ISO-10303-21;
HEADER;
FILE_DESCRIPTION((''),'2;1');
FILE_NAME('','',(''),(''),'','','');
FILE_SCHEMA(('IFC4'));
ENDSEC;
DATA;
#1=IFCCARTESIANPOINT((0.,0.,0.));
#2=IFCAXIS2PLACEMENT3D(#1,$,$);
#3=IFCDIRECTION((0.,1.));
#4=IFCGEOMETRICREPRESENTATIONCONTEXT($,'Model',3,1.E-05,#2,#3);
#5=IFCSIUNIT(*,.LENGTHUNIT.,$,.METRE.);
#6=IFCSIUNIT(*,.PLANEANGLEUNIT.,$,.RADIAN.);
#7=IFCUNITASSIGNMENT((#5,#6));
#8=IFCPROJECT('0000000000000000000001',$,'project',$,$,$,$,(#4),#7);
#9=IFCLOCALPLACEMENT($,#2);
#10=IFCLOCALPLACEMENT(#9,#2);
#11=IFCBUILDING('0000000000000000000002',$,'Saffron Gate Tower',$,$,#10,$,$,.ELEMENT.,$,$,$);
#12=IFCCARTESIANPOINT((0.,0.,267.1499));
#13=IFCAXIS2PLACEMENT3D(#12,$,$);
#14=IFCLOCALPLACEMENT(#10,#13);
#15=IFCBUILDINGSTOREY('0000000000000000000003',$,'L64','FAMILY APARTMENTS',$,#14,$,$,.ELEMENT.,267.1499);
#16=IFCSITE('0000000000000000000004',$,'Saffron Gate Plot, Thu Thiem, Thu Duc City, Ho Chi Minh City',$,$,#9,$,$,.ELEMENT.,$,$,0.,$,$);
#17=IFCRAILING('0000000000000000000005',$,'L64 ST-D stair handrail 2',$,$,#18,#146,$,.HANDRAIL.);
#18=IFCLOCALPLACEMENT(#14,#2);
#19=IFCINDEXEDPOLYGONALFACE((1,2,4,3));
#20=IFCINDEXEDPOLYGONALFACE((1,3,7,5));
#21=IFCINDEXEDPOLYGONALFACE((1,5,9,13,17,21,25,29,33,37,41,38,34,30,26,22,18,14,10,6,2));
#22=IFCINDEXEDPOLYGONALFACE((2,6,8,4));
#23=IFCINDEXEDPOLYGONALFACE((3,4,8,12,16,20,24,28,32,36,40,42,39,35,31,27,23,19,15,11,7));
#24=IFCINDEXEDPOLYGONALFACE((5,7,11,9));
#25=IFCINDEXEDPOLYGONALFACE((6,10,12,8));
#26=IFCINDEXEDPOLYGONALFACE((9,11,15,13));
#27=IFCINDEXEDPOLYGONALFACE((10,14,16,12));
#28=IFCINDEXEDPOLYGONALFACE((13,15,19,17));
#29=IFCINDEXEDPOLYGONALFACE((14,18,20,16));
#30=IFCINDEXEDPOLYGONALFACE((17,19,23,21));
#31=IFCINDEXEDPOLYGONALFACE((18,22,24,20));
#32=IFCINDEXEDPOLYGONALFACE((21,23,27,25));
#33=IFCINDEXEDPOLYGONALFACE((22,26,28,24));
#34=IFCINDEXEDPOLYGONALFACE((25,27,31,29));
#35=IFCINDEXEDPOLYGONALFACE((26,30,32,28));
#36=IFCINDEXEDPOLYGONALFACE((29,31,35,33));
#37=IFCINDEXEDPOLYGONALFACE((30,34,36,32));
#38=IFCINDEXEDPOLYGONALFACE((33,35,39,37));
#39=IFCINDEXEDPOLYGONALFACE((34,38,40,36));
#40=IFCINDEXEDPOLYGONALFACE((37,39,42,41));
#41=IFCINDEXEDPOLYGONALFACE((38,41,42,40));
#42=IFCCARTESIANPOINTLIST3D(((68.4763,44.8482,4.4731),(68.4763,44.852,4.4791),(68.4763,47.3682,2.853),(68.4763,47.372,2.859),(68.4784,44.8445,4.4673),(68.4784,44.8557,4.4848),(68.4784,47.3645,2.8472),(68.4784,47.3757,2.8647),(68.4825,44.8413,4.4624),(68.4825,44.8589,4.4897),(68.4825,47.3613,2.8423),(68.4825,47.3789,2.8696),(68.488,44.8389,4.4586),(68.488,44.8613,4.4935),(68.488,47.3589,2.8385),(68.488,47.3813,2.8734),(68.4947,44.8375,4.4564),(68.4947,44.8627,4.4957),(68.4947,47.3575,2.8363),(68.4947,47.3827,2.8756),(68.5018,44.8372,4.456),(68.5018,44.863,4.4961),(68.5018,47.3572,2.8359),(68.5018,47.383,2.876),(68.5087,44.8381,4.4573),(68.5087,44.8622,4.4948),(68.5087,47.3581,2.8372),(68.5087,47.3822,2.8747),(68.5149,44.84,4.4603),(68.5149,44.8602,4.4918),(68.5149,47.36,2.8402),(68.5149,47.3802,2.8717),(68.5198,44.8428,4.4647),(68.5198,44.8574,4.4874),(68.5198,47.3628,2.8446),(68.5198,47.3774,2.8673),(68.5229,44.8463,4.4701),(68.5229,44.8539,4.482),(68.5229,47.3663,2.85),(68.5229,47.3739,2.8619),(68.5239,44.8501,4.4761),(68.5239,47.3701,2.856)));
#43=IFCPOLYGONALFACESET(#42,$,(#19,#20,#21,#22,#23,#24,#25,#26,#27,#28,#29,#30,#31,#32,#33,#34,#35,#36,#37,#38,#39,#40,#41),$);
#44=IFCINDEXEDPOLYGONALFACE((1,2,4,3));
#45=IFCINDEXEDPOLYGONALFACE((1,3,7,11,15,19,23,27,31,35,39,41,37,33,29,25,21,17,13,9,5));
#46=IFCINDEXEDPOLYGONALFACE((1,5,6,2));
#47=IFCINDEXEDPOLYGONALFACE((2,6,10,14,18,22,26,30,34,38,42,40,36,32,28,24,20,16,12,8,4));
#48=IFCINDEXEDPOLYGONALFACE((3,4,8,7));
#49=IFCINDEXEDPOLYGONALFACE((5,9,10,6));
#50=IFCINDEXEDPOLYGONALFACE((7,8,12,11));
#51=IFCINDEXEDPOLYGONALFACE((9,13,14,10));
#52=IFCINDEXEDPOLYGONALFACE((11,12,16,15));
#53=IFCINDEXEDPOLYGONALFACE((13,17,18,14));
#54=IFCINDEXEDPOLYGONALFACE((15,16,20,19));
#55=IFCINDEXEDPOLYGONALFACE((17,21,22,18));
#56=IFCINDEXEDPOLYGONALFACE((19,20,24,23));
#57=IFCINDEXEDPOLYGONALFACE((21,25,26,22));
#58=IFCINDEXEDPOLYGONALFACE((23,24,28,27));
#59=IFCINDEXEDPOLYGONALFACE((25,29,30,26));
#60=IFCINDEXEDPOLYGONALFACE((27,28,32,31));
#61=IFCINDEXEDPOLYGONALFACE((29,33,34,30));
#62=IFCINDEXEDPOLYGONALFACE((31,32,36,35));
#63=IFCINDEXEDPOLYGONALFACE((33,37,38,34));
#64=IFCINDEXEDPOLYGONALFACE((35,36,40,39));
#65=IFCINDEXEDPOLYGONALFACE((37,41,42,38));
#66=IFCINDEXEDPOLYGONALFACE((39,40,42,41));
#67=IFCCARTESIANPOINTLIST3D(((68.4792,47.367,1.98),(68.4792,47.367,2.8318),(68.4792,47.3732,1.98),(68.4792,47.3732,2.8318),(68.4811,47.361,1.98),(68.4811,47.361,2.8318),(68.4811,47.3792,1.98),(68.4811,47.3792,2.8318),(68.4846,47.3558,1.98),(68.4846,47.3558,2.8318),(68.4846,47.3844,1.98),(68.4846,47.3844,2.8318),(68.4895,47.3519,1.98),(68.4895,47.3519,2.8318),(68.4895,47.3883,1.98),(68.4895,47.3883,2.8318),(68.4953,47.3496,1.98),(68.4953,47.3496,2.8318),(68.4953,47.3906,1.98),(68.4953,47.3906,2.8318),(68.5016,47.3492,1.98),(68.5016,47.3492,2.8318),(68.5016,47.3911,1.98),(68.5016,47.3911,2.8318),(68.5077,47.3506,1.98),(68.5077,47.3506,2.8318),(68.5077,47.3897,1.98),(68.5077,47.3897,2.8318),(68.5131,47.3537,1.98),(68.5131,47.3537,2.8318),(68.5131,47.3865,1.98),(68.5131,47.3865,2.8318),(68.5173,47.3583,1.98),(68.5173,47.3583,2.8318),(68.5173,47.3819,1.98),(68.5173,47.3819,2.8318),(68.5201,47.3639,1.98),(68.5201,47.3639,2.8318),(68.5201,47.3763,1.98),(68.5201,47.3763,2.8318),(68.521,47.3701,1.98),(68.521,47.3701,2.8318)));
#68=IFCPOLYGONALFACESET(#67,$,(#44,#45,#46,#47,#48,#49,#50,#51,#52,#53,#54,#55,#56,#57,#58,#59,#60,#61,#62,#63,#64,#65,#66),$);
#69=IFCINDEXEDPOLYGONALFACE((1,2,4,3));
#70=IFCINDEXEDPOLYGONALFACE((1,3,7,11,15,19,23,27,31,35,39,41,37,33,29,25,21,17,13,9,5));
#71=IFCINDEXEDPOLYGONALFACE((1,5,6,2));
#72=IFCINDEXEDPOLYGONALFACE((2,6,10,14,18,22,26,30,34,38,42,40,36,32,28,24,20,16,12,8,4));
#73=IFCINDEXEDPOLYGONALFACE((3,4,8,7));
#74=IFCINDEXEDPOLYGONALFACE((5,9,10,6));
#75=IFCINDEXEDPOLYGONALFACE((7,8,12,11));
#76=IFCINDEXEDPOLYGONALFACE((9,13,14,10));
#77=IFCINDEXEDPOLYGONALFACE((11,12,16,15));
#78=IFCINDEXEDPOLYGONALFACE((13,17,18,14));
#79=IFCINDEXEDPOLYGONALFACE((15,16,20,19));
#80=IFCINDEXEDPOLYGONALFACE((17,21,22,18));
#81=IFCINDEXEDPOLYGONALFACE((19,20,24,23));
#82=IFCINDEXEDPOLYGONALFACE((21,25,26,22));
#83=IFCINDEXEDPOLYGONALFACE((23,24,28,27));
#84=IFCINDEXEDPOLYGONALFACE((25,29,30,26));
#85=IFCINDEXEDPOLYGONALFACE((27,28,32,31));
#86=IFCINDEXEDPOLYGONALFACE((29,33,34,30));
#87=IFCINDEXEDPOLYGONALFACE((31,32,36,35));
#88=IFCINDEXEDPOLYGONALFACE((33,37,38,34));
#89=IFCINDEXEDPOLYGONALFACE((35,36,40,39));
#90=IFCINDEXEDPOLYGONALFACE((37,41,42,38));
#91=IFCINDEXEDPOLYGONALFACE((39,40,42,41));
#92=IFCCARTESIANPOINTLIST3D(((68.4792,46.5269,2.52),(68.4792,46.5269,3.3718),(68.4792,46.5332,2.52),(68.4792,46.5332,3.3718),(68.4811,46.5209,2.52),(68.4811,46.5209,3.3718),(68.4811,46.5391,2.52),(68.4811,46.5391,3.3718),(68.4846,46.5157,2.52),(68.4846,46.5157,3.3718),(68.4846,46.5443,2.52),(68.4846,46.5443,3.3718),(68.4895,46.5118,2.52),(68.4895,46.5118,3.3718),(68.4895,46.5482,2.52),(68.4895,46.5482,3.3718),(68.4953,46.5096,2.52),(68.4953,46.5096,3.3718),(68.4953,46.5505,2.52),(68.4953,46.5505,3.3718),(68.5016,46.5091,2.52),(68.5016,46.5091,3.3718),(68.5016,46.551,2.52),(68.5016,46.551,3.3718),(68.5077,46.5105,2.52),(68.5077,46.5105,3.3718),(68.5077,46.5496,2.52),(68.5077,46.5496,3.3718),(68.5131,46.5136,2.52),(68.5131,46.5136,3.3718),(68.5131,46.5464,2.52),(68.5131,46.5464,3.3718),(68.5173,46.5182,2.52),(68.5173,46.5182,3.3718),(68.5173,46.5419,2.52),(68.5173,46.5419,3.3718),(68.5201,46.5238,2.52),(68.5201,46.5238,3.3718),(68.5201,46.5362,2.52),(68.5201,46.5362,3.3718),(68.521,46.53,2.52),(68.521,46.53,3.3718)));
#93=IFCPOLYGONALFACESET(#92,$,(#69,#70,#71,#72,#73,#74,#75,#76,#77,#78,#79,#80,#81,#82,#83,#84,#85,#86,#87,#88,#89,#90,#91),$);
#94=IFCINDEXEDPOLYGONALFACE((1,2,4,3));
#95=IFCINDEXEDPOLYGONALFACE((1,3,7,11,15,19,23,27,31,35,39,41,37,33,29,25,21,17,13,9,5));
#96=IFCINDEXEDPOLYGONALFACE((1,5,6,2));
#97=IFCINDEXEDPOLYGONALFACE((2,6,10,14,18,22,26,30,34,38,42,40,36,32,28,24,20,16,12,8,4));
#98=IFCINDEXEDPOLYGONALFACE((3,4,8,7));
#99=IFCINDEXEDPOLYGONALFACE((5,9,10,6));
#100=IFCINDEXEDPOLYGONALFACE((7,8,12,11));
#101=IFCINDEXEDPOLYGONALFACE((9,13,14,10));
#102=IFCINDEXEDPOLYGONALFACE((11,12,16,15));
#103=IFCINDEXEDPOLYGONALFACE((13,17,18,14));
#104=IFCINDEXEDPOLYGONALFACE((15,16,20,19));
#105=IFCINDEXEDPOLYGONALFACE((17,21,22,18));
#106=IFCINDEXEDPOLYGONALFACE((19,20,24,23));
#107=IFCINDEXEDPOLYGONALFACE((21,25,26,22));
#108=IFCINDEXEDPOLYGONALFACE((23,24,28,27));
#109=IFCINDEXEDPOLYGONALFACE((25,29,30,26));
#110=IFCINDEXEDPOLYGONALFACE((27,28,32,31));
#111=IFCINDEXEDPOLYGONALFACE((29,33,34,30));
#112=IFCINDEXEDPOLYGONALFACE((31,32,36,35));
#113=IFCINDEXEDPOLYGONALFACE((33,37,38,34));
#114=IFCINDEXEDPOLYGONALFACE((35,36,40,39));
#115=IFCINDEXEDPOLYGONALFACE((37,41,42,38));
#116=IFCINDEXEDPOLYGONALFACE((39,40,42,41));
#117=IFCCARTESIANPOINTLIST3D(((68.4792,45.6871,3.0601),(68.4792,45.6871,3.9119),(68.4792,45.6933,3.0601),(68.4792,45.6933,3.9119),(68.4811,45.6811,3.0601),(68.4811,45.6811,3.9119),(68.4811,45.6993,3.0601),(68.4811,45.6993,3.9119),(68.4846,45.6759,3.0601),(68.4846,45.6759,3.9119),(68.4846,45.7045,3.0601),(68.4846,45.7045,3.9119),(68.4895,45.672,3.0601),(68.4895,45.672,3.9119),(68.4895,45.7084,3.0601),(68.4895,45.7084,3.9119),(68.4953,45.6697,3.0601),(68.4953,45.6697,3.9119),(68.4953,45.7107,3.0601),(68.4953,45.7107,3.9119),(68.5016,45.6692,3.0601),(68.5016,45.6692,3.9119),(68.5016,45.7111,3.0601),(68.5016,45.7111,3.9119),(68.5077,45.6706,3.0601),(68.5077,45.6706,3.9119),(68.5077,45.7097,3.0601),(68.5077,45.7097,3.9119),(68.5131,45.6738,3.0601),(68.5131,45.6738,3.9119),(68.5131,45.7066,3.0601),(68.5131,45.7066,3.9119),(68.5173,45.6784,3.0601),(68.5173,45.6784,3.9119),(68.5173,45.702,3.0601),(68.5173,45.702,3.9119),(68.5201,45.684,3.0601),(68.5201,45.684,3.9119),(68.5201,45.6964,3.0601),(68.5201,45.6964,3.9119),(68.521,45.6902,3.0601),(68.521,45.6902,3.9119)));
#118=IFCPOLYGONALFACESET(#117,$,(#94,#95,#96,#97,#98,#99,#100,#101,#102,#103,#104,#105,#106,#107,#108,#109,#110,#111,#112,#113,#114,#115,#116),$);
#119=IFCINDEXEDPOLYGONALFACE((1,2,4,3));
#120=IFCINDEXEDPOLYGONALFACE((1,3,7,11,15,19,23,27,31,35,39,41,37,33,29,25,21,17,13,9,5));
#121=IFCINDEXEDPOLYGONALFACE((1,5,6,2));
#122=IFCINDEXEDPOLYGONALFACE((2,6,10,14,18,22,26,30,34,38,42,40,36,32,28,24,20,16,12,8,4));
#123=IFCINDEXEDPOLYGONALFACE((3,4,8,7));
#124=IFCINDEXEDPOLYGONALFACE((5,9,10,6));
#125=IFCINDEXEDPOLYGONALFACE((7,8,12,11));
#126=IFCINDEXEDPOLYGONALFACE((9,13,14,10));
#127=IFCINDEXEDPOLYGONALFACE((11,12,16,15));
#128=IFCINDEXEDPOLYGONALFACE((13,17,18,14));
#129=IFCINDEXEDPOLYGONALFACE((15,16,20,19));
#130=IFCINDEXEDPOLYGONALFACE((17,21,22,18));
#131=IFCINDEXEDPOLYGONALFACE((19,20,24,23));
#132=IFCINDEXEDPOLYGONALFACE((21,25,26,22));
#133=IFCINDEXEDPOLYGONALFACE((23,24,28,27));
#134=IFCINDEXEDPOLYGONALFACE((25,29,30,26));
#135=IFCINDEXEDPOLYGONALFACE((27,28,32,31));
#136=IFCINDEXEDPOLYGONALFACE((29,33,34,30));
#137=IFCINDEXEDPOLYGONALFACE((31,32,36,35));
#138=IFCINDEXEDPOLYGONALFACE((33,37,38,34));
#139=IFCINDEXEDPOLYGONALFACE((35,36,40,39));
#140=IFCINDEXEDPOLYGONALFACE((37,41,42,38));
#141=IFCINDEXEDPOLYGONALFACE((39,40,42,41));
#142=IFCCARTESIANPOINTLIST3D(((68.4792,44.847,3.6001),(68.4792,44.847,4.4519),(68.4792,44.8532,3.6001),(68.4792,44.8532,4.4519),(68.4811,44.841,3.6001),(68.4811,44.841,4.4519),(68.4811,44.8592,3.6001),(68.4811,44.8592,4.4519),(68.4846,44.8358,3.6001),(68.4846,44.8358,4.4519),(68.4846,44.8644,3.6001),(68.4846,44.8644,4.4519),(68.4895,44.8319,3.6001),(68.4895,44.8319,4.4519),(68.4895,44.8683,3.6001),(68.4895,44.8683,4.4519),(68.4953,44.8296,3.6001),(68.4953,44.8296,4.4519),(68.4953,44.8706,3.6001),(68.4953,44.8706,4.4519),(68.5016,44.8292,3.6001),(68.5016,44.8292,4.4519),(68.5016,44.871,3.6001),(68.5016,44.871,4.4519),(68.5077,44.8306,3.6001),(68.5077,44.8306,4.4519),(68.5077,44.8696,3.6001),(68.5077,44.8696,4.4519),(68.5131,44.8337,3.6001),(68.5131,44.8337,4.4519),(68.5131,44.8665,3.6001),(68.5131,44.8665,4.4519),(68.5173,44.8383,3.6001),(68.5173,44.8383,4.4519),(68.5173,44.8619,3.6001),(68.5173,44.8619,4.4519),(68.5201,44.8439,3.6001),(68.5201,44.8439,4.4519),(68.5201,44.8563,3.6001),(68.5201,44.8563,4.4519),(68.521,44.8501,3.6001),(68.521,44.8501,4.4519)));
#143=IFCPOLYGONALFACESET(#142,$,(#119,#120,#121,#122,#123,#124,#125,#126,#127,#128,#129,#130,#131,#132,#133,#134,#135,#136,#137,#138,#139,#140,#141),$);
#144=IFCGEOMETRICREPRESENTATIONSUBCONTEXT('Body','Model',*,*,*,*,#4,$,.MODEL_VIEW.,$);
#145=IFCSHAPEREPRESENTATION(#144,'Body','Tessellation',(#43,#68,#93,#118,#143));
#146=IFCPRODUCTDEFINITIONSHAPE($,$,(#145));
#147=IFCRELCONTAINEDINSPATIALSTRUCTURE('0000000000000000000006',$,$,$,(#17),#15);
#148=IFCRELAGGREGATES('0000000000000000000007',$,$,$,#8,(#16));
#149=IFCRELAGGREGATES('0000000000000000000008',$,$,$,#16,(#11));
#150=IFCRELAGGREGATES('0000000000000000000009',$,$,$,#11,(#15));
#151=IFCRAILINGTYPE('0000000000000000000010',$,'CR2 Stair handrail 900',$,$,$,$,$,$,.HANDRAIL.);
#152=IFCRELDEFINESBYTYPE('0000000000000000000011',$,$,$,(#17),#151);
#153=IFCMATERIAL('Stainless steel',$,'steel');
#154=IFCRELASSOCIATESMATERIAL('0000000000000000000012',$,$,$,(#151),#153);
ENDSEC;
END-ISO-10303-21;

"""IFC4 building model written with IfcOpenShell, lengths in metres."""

from ifc_helpers import new_model, si_unit, direction, frame, origin, origin_2d, place, context, subcontext, project, spatial, circle, extrude, material, type_object, element, save


model = new_model("IFC4")

# Units and contexts
model_context = context("Model", 3, precision=1e-05, world=origin(), true_north=direction((0.0, 1.0)))
body_context = subcontext(model_context, "Body", "Model", "MODEL_VIEW")
ifc_project = project(units=[si_unit("LENGTHUNIT", "METRE"), si_unit("PLANEANGLEUNIT", "RADIAN")], contexts=[model_context])

# Site, building, storey
site_placement = place(None, origin())
site = spatial("IfcSite", under=ifc_project, at=site_placement, Name="Saffron Gate Plot, Thu Thiem, Thu Duc City, Ho Chi Minh City", CompositionType="ELEMENT", RefElevation=0.0)
building_placement = place(site_placement, origin())
building = spatial("IfcBuilding", under=site, at=building_placement, Name="Saffron Gate Tower", CompositionType="ELEMENT")
storey_placement = place(building_placement, frame((0.0, 0.0, 267.1499)))
storey = spatial("IfcBuildingStorey", under=building, at=storey_placement, Name="L64", Description="FAMILY APARTMENTS", CompositionType="ELEMENT", Elevation=267.1499)

# Railing
ifc_material_1 = material(Name="Stainless steel", Category="steel")
railing_type = type_object("IfcRailingType", Name="CR2 Stair handrail 900", PredefinedType="HANDRAIL", material=ifc_material_1)
railing_placement = place(storey_placement, frame((68.5, 47.3701, 1.98)))
element("IfcRailing", 1, at=railing_placement, inside=storey, type_object=railing_type, Name="L64 ST-D stair handrail 2", PredefinedType="HANDRAIL", context=body_context, shape_type="SweptSolid", body=[
    extrude(circle(Radius=0.0239, at=origin_2d()), frame((0.0, 0.0, 0.876), z_axis=(0.0, -0.841163, 0.540782), x_axis=(1.0, 0.0, 0.0)), (0.0, 0.0, 1.0), 2.9958),
    extrude(circle(Radius=0.021, at=origin_2d()), origin(), (0.0, 0.0, 1.0), 0.8518),
    extrude(circle(Radius=0.021, at=origin_2d()), frame((0.0, -0.8401, 0.54)), (0.0, 0.0, 1.0), 0.8518),
    extrude(circle(Radius=0.021, at=origin_2d()), frame((0.0, -1.6799, 1.0801)), (0.0, 0.0, 1.0), 0.8518),
    extrude(circle(Radius=0.021, at=origin_2d()), frame((0.0, -2.52, 1.6201)), (0.0, 0.0, 1.0), 0.8518),
])

save(model, "model.ifc")
